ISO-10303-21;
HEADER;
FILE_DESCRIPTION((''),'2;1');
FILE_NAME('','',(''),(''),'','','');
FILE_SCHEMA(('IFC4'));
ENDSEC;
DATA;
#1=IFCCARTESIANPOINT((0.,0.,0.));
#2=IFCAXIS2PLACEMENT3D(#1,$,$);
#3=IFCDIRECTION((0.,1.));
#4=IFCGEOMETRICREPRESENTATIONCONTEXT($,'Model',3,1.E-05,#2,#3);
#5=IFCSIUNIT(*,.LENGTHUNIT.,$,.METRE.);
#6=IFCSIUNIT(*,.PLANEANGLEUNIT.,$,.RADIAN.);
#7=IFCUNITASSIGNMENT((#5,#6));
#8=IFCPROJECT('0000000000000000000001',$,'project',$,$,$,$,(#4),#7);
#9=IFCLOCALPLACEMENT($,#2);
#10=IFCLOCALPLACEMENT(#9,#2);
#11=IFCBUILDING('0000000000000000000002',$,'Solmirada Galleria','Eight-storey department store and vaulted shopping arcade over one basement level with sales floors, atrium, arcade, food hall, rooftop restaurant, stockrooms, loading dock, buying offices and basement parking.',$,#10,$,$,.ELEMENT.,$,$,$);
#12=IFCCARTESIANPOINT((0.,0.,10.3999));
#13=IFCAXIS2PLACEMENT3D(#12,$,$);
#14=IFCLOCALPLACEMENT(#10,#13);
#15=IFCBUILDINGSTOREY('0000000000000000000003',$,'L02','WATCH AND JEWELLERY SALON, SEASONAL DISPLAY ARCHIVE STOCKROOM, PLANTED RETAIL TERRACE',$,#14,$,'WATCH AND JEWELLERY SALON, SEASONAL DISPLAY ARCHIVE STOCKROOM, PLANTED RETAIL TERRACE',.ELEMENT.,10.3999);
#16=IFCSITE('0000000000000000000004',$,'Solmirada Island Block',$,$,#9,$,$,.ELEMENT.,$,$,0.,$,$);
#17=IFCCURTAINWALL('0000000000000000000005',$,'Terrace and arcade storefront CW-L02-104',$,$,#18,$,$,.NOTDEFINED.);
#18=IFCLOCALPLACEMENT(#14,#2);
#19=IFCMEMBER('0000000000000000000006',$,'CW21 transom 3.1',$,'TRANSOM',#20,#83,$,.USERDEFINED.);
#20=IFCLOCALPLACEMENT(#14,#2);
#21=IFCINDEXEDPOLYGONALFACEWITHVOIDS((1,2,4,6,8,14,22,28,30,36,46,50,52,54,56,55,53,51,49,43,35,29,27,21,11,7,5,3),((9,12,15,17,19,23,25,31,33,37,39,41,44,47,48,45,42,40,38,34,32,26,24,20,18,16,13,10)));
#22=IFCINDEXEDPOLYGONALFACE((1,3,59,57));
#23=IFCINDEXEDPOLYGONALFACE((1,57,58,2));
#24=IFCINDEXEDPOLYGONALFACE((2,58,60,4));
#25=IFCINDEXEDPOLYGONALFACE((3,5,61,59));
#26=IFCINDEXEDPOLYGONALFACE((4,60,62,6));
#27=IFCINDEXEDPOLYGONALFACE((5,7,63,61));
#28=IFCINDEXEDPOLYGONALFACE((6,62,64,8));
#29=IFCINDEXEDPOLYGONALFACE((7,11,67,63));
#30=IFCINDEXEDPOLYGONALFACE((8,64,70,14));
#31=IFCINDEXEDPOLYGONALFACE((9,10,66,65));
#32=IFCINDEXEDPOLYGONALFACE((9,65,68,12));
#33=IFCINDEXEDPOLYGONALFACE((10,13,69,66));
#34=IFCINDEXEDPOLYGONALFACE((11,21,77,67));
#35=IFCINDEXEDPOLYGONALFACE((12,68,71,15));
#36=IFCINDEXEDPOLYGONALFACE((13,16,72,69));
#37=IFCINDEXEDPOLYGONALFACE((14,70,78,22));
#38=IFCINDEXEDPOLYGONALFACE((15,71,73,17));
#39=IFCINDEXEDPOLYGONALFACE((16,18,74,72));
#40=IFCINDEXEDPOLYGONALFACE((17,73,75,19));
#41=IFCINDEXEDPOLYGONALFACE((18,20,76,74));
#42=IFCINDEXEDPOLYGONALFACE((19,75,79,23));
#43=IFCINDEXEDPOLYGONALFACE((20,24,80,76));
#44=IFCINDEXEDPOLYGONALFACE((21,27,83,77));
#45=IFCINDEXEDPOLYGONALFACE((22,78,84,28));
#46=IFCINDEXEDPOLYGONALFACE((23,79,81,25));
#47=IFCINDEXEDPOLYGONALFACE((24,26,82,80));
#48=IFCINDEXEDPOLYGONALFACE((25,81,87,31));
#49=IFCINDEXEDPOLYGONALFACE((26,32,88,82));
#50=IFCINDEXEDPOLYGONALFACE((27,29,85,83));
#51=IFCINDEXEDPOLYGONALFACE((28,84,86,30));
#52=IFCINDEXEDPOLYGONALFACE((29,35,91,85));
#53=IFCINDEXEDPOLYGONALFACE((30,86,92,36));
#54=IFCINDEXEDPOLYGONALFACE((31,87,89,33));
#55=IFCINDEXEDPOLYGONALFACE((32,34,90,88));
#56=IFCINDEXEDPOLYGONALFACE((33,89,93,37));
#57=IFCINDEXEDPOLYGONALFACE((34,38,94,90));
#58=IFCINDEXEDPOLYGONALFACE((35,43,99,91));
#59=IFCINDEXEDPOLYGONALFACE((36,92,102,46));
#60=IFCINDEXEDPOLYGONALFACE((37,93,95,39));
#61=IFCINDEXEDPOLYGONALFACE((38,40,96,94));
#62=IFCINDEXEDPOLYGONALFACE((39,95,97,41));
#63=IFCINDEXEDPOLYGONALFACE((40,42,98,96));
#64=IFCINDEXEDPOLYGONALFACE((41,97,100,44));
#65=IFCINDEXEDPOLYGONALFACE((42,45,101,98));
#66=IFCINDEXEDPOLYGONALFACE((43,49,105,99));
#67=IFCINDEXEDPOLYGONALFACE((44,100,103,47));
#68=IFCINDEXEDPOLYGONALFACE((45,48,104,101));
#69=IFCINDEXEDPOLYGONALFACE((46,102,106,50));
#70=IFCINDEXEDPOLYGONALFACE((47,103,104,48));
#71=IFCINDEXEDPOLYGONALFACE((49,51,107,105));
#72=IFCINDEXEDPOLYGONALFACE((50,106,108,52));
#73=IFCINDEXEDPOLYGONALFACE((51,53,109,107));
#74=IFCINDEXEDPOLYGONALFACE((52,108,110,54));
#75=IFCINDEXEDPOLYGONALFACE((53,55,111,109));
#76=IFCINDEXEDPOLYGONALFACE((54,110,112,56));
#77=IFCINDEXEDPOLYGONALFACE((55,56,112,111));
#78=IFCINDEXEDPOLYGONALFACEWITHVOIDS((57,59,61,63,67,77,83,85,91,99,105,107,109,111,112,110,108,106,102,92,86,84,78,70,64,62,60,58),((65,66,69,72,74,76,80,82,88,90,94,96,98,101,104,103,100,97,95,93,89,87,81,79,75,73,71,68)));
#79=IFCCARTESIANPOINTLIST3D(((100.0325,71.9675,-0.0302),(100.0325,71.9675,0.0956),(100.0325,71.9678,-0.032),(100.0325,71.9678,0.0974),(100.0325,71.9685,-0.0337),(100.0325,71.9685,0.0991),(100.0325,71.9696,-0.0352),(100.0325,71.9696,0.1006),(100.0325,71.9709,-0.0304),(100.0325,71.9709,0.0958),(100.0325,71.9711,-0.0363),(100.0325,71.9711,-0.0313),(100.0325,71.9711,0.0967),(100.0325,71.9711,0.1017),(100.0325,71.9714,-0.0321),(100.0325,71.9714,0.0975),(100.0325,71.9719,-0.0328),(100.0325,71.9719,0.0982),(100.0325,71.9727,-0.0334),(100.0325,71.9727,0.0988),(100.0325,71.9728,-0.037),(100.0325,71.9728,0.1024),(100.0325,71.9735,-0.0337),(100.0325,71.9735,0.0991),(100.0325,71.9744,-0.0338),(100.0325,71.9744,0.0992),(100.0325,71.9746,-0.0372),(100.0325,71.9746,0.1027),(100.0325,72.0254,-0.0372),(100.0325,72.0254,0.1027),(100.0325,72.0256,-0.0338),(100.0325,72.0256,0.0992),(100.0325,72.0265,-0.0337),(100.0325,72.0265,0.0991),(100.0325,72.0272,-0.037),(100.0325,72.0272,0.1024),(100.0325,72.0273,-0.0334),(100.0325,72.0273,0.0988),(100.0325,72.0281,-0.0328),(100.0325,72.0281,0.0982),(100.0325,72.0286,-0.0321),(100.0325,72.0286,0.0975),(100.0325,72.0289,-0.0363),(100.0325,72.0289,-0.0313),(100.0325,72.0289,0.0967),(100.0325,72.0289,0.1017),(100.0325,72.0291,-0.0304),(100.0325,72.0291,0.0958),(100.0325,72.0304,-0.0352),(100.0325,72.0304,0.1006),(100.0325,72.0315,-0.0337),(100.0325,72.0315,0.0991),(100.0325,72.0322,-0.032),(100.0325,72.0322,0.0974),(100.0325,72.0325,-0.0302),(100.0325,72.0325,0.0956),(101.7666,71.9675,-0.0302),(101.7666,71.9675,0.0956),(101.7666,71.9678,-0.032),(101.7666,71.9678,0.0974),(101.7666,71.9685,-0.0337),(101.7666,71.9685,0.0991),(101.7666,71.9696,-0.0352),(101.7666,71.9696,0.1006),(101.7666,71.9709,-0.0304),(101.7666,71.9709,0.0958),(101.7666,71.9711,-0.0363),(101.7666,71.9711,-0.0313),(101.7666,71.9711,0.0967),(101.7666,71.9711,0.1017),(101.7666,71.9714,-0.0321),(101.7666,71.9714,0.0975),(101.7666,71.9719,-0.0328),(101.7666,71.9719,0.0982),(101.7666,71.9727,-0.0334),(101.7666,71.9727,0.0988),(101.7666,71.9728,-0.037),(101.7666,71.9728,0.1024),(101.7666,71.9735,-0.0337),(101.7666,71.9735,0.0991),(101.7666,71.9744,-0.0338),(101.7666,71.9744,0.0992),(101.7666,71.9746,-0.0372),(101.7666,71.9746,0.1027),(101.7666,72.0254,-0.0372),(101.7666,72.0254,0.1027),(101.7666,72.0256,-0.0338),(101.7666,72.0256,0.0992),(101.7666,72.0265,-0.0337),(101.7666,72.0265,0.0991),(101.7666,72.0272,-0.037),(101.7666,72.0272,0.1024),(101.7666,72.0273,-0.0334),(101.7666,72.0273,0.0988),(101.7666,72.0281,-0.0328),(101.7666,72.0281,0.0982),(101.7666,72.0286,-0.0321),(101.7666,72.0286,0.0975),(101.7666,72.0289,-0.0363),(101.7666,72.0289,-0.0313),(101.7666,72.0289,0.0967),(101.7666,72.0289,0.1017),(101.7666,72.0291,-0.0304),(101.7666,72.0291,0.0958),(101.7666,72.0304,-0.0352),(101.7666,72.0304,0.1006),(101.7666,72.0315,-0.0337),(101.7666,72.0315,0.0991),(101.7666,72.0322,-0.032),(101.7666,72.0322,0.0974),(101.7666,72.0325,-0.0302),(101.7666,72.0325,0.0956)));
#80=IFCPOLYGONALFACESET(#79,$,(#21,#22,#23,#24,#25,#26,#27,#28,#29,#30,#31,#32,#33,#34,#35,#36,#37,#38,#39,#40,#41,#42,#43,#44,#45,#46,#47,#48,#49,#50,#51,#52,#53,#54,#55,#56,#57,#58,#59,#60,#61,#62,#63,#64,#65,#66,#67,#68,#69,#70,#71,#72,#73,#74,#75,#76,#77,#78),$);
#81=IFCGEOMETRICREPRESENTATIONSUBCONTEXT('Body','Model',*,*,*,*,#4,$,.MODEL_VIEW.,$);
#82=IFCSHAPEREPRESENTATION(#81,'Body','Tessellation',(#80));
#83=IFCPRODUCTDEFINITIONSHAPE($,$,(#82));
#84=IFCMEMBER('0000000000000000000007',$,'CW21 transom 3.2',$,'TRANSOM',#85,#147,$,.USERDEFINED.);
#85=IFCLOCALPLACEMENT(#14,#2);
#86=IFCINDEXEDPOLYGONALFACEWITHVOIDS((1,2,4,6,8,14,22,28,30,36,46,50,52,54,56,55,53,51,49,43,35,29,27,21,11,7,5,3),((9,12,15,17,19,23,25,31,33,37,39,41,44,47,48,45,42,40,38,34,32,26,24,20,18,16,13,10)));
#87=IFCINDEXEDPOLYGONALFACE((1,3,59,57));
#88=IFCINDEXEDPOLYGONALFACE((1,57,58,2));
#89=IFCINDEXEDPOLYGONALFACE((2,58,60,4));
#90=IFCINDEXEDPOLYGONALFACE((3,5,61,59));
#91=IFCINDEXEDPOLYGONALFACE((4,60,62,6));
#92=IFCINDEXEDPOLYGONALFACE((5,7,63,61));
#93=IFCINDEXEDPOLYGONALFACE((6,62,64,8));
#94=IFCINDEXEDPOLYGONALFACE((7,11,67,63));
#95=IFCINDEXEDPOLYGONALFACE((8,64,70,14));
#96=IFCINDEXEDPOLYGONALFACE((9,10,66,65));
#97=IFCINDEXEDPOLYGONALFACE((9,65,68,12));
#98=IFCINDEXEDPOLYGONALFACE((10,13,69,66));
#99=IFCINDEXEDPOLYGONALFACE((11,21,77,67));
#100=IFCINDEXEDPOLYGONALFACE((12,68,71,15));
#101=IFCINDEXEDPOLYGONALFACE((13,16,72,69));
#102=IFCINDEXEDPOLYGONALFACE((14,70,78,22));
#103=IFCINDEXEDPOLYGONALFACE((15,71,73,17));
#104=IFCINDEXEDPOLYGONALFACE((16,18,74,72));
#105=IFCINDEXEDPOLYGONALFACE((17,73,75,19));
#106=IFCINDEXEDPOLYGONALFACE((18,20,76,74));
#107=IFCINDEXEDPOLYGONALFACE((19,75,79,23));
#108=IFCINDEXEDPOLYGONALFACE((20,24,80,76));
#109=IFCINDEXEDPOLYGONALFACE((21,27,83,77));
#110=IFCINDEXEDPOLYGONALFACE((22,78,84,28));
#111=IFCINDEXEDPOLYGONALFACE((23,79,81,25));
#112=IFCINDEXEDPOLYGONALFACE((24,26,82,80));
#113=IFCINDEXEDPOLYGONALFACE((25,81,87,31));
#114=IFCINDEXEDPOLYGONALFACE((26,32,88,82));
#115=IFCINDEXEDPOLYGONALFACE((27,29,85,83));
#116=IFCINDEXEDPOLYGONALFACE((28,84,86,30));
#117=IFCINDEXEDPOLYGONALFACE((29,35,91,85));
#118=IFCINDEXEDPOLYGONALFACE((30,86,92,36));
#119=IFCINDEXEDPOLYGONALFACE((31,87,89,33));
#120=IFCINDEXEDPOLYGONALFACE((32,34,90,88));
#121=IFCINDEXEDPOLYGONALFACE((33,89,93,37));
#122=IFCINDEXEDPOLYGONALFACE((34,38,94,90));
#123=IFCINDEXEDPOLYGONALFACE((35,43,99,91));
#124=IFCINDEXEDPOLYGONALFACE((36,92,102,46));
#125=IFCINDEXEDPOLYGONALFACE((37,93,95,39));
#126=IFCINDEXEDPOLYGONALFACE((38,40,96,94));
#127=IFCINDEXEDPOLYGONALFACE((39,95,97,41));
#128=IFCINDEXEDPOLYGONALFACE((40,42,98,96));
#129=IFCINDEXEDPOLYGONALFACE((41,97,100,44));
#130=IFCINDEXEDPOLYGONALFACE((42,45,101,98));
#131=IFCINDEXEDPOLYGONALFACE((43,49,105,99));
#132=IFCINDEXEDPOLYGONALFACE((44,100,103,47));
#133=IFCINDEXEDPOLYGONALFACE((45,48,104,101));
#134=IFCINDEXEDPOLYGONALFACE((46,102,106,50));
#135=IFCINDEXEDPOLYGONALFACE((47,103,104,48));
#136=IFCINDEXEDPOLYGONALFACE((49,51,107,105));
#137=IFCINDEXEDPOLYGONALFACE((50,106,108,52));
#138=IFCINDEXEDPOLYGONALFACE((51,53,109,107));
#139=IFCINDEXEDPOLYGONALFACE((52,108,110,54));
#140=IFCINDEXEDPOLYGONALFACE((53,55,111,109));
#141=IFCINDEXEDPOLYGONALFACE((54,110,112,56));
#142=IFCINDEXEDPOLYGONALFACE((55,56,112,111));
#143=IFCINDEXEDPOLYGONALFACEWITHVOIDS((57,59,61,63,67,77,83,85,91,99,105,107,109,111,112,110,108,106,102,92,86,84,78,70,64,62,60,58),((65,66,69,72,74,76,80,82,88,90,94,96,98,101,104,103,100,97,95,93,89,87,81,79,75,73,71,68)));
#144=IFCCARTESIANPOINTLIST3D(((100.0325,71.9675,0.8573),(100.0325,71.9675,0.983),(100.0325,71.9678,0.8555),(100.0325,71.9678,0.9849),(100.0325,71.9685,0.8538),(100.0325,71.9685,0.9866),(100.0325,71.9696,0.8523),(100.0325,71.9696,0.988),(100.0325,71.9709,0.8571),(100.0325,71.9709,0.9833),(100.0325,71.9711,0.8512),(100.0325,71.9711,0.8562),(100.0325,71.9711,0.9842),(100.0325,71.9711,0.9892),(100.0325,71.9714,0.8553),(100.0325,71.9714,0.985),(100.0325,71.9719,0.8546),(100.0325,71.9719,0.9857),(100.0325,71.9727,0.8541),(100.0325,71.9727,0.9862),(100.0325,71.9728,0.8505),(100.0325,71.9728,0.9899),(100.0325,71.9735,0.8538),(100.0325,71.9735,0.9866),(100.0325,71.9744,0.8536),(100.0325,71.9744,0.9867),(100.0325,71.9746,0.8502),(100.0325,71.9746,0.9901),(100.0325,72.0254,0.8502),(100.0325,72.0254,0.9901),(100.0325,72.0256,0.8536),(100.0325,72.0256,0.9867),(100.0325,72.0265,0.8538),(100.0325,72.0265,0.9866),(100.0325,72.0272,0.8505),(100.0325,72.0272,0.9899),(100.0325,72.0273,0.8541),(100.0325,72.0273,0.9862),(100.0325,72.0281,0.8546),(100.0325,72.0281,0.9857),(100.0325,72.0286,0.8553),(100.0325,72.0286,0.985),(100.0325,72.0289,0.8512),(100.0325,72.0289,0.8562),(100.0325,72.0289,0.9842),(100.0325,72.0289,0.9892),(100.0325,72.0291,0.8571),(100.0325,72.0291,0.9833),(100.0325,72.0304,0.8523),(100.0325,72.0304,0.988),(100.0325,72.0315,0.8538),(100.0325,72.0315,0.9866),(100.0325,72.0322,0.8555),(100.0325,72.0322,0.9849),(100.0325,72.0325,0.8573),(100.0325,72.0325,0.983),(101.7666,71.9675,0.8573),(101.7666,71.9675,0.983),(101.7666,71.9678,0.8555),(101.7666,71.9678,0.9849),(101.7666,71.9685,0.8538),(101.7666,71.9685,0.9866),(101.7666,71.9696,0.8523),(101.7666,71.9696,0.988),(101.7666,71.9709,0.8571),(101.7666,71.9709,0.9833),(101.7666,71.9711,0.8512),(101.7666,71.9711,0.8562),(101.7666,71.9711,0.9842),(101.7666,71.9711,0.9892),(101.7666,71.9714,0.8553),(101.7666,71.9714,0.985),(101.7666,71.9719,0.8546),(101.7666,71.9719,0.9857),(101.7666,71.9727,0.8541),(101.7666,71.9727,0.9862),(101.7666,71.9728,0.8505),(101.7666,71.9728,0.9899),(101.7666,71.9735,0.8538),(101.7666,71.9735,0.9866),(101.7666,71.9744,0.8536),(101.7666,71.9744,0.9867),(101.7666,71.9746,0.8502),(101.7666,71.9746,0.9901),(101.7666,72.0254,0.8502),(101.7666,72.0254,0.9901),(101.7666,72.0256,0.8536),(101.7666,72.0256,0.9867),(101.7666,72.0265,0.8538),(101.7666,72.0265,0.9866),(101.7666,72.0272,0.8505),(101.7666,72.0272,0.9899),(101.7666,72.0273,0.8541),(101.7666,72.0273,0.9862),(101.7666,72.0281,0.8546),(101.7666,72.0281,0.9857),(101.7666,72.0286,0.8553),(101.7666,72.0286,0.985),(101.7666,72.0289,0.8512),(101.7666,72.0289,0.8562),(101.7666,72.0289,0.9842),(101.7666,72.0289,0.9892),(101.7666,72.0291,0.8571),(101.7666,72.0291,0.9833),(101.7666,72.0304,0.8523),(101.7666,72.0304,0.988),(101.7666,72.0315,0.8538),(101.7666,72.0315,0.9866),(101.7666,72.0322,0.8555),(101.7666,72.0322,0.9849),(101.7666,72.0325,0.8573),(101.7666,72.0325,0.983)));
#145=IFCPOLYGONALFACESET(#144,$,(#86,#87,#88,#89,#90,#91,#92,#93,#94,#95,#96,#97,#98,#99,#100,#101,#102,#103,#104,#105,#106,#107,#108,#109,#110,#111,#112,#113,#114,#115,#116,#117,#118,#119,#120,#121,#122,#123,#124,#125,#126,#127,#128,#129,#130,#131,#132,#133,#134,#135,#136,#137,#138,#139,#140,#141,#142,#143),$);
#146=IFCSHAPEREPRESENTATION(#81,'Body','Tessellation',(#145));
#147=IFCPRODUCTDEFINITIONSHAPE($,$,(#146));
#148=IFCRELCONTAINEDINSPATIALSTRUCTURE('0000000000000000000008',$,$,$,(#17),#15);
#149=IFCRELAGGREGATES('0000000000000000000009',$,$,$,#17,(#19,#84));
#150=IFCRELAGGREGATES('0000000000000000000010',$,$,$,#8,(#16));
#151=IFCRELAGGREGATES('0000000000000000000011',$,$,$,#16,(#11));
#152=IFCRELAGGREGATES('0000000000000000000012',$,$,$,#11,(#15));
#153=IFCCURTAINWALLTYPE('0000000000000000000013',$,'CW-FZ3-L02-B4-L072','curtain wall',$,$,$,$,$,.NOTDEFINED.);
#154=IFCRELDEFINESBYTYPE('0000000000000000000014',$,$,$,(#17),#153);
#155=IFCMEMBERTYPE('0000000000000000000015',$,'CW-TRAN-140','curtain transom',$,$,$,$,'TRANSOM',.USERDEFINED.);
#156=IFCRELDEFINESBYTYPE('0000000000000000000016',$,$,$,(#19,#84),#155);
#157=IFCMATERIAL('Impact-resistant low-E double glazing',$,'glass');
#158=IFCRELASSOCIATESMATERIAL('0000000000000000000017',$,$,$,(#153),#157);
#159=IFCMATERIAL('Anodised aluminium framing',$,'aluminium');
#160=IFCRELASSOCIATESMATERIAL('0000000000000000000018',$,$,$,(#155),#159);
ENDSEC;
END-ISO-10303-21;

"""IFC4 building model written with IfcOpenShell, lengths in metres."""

from ifc_helpers import new_model, si_unit, direction, frame, origin, origin_2d, place, context, subcontext, project, spatial, hollow_rectangle, extrude, material, material_profile, profile_set, type_object, element, aggregate, save


model = new_model("IFC4")

# Units and contexts
model_context = context("Model", 3, precision=1e-05, world=origin(), true_north=direction((0.0, 1.0)))
body_context = subcontext(model_context, "Body", "Model", "MODEL_VIEW")
ifc_project = project(units=[si_unit("LENGTHUNIT", "METRE"), si_unit("PLANEANGLEUNIT", "RADIAN")], contexts=[model_context])

# Site, building, storey
site_placement = place(None, origin())
site = spatial("IfcSite", under=ifc_project, at=site_placement, Name="Solmirada Island Block", CompositionType="ELEMENT", RefElevation=0.0)
building_placement = place(site_placement, origin())
building = spatial("IfcBuilding", under=site, at=building_placement, Name="Solmirada Galleria", Description="Eight-storey department store and vaulted shopping arcade over one basement level with sales floors, atrium, arcade, food hall, rooftop restaurant, stockrooms, loading dock, buying offices and basement parking.", CompositionType="ELEMENT")
storey_placement = place(building_placement, frame((0.0, 0.0, 10.3999)))
storey = spatial("IfcBuildingStorey", under=building, at=storey_placement, Name="L02", Description="WATCH AND JEWELLERY SALON, SEASONAL DISPLAY ARCHIVE STOCKROOM, PLANTED RETAIL TERRACE", LongName="WATCH AND JEWELLERY SALON, SEASONAL DISPLAY ARCHIVE STOCKROOM, PLANTED RETAIL TERRACE", CompositionType="ELEMENT", Elevation=10.3999)

# Curtain wall
ifc_material_1 = material(Name="Impact-resistant low-E double glazing", Category="glass")
curtain_wall_type = type_object("IfcCurtainWallType", Name="CW-FZ3-L02-B4-L072", Description="curtain wall", PredefinedType="NOTDEFINED", material=ifc_material_1)
curtain_wall_1_placement = place(storey_placement, origin())
curtain_wall_1 = element("IfcCurtainWall", 1, at=curtain_wall_1_placement, inside=storey, type_object=curtain_wall_type, Name="Terrace and arcade storefront CW-L02-104", PredefinedType="NOTDEFINED")
ifc_material_2 = material(Name="Anodised aluminium framing", Category="aluminium")

# Members
ifc_material_profile_1 = material_profile(ifc_material_2, hollow_rectangle(XDim=0.0649, YDim=0.1399, WallThickness=0.0034, InnerFilletRadius=0.0034, OuterFilletRadius=0.0071, at=origin_2d()), Name="ALU-TRAN-140X65")
ifc_profile_set_1 = profile_set([ifc_material_profile_1], Name="Anodised aluminium framing")
member_type_1 = type_object("IfcMemberType", Name="CW-TRAN-140", Description="curtain transom", ElementType="TRANSOM", PredefinedType="USERDEFINED", material=ifc_profile_set_1)
member_1_placement = place(storey_placement, frame((100.0325, 72.0, 0.0327), z_axis=(1.0, 0.0, 0.0), x_axis=(0.0, 1.0, 0.0)))
member_1 = element("IfcMember", 2, at=member_1_placement, type_object=member_type_1, Name="CW21 transom 3.1", ObjectType="TRANSOM", PredefinedType="USERDEFINED", context=body_context, shape_type="SweptSolid", body=[
    extrude(hollow_rectangle(XDim=0.0649, YDim=0.1399, WallThickness=0.0034, InnerFilletRadius=0.0034, OuterFilletRadius=0.0071, at=origin_2d()), origin(), (0.0, 0.0, 1.0), 1.7341),
])
member_2_placement = place(storey_placement, frame((100.0325, 72.0, 0.9202), z_axis=(1.0, 0.0, 0.0), x_axis=(0.0, 1.0, 0.0)))
member_2 = element("IfcMember", 3, at=member_2_placement, type_object=member_type_1, Name="CW21 transom 3.2", ObjectType="TRANSOM", PredefinedType="USERDEFINED", context=body_context, shape_type="SweptSolid", body=[
    extrude(hollow_rectangle(XDim=0.0649, YDim=0.1399, WallThickness=0.0034, InnerFilletRadius=0.0034, OuterFilletRadius=0.0071, at=origin_2d()), origin(), (0.0, 0.0, 1.0), 1.7341),
])

aggregate(curtain_wall_1, [member_1, member_2])

save(model, "model.ifc")
